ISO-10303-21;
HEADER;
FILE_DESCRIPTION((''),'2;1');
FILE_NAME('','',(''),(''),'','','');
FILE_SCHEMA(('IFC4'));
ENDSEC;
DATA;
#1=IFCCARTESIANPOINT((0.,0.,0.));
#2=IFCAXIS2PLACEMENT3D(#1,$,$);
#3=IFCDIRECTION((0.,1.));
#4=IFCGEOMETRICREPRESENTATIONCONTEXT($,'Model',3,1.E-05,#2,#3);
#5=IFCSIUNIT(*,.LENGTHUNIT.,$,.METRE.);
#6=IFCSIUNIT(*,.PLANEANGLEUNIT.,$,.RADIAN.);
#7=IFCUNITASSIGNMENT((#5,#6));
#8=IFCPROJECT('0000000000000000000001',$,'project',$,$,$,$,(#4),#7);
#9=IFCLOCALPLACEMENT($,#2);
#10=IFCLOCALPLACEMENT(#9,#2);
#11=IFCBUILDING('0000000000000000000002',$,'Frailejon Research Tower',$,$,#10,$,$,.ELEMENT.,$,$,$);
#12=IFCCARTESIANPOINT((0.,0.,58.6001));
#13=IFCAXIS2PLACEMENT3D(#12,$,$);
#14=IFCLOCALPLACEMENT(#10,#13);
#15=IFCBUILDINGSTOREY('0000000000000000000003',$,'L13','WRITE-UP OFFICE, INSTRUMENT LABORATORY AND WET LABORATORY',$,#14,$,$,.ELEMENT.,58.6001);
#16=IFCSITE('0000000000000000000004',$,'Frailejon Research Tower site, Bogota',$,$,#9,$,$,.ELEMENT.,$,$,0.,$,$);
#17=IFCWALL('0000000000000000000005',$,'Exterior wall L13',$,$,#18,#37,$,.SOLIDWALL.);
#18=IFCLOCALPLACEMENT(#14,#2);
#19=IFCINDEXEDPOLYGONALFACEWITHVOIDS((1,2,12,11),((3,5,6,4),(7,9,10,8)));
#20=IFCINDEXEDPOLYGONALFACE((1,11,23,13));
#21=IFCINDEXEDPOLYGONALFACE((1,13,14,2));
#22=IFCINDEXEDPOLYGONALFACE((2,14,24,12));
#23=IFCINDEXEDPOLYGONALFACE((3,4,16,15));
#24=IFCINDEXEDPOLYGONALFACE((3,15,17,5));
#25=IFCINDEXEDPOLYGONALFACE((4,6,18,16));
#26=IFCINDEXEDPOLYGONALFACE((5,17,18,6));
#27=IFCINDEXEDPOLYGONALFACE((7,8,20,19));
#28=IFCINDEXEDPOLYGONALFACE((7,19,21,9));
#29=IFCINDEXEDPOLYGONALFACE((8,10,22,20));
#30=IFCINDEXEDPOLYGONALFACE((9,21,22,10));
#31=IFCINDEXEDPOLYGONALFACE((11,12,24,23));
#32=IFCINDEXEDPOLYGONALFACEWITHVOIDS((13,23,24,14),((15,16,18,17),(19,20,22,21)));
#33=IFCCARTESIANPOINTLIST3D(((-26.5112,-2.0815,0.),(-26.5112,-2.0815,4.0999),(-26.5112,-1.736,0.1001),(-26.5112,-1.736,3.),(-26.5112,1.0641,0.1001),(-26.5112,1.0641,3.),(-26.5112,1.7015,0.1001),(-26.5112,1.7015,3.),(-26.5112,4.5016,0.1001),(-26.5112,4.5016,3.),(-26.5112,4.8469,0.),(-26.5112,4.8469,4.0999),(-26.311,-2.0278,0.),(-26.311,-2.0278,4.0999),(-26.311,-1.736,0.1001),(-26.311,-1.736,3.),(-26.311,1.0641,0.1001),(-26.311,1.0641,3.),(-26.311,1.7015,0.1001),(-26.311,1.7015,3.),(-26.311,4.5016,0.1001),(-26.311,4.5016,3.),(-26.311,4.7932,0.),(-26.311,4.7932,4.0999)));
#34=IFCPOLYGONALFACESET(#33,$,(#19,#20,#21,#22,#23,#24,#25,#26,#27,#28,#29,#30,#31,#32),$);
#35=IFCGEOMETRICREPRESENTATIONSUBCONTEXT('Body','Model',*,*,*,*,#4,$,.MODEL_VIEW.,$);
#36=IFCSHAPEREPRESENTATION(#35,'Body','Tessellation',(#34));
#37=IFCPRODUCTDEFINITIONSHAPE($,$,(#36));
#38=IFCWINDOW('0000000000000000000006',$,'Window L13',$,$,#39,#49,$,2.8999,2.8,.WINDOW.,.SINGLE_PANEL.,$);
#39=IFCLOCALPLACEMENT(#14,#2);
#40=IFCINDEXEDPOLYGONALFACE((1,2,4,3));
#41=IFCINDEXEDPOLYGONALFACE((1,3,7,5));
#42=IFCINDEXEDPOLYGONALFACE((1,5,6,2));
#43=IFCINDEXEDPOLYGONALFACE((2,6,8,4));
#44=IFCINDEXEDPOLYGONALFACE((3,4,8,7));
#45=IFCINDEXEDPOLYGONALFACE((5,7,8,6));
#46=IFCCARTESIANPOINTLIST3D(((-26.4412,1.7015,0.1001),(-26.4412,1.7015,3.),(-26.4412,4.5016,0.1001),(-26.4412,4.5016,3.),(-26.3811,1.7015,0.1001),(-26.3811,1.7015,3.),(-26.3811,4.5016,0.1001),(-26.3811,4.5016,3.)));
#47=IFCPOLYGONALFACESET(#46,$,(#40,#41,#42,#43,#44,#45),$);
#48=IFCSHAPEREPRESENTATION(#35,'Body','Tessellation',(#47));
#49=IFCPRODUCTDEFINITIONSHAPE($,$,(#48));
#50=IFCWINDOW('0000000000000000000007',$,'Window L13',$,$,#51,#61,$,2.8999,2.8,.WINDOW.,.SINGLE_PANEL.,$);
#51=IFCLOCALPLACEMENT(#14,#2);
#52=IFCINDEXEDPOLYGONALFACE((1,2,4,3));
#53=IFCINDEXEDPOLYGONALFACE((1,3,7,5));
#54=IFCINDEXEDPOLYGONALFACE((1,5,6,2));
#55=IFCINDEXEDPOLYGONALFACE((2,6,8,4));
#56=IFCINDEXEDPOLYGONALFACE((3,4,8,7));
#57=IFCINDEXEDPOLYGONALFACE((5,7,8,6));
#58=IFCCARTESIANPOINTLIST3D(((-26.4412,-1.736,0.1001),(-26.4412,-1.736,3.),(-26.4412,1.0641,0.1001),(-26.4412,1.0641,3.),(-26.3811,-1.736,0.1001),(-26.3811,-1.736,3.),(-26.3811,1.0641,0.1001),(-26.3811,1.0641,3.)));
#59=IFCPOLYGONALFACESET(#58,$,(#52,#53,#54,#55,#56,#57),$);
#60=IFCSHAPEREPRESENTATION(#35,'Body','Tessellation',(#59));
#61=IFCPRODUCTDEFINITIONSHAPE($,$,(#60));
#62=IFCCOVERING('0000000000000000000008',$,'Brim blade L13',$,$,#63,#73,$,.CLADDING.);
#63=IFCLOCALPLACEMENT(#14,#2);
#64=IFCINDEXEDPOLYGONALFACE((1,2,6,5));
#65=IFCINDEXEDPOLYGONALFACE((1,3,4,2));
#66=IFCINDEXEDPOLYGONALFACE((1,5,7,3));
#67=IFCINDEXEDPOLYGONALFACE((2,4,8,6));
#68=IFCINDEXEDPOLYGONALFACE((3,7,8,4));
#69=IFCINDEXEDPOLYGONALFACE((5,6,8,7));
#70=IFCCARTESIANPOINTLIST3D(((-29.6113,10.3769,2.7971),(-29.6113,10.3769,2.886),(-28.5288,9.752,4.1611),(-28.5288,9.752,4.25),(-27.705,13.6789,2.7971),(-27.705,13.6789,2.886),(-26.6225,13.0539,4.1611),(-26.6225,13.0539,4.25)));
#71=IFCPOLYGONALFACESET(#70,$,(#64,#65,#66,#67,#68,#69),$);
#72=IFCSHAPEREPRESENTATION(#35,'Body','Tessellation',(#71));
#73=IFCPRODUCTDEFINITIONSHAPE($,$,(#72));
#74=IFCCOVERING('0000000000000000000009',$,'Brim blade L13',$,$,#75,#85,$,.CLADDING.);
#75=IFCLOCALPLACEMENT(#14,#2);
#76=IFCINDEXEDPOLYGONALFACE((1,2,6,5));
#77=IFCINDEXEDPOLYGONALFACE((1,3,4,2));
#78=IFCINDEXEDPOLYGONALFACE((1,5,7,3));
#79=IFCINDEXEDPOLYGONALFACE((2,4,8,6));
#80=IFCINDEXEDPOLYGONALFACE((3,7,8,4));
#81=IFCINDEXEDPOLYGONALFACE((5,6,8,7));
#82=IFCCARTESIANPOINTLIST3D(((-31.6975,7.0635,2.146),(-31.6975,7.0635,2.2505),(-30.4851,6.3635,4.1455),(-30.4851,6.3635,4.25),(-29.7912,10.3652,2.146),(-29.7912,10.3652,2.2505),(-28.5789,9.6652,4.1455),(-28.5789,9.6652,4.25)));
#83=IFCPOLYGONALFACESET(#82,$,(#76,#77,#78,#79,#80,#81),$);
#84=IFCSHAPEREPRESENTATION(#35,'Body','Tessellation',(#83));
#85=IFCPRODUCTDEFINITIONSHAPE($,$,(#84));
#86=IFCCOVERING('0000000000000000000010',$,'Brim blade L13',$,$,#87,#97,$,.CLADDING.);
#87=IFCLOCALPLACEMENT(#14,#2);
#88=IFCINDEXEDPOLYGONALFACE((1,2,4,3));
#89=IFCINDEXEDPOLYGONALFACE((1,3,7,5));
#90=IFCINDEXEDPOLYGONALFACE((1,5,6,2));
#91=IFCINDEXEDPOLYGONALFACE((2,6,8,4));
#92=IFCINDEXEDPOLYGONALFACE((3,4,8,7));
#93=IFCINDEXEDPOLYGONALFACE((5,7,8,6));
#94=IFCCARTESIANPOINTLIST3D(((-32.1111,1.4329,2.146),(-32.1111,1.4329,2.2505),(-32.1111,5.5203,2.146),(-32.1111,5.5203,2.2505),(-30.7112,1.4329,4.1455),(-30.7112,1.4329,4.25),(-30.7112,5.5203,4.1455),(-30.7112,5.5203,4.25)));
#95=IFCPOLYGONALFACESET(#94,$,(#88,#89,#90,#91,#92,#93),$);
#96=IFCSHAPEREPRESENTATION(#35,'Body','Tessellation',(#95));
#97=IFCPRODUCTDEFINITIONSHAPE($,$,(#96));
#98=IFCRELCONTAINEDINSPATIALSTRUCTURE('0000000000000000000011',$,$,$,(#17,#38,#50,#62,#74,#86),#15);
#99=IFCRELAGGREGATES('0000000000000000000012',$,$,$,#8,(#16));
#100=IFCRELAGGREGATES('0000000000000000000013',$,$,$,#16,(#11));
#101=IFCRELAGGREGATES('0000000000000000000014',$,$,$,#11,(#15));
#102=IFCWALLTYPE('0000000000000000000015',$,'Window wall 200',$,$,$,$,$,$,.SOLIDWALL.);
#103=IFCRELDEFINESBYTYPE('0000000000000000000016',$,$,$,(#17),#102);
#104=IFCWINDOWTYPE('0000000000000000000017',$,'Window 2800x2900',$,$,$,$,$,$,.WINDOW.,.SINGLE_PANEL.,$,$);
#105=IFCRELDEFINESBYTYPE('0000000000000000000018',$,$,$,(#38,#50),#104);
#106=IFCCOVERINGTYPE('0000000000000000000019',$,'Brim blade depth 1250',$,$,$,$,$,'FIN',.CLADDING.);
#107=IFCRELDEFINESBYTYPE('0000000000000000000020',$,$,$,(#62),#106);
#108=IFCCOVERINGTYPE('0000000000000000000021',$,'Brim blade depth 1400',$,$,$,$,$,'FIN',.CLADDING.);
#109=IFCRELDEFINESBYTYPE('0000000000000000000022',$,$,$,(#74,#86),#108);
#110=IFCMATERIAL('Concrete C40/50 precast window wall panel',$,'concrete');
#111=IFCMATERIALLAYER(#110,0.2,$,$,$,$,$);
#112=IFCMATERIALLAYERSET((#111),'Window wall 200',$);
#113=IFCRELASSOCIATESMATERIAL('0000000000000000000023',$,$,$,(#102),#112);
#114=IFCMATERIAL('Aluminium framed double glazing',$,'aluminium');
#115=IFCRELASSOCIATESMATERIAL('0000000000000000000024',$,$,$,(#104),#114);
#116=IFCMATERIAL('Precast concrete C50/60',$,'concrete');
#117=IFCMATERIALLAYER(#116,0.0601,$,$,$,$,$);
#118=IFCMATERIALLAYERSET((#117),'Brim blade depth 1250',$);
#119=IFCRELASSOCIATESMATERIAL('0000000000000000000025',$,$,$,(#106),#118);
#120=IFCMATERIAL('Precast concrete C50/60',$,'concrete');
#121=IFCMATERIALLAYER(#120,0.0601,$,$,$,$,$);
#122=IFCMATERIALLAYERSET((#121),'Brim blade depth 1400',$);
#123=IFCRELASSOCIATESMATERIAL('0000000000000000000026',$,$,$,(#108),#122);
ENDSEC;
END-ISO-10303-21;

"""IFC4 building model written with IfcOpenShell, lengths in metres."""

from ifc_helpers import new_model, si_unit, direction, frame, frame_2d, origin, place, context, subcontext, project, spatial, polyline, rectangle, outline, extrude, material, layer, layer_set, type_object, element, fill, save


model = new_model("IFC4")

# Units and contexts
model_context = context("Model", 3, precision=1e-05, world=origin(), true_north=direction((0.0, 1.0)))
body_context = subcontext(model_context, "Body", "Model", "MODEL_VIEW")
ifc_project = project(units=[si_unit("LENGTHUNIT", "METRE"), si_unit("PLANEANGLEUNIT", "RADIAN")], contexts=[model_context])

# Site, building, storey
site_placement = place(None, origin())
site = spatial("IfcSite", under=ifc_project, at=site_placement, Name="Frailejon Research Tower site, Bogota", CompositionType="ELEMENT", RefElevation=0.0)
building_placement = place(site_placement, origin())
building = spatial("IfcBuilding", under=site, at=building_placement, Name="Frailejon Research Tower", CompositionType="ELEMENT")
storey_placement = place(building_placement, frame((0.0, 0.0, 58.6001)))
storey = spatial("IfcBuildingStorey", under=building, at=storey_placement, Name="L13", Description="WRITE-UP OFFICE, INSTRUMENT LABORATORY AND WET LABORATORY", CompositionType="ELEMENT", Elevation=58.6001)

# Wall, openings, windows
ifc_material_1 = material(Name="Concrete C40/50 precast window wall panel", Category="concrete")
ifc_layer_1 = layer(ifc_material_1, 0.2)
ifc_layer_set_1 = layer_set([ifc_layer_1], Name="Window wall 200")
wall_type_1 = type_object("IfcWallType", Name="Window wall 200", PredefinedType="SOLIDWALL", material=ifc_layer_set_1)
wall_1_placement = place(storey_placement, frame((-26.4111, 4.8201, 0.0), z_axis=(0.0, 0.0, 1.0), x_axis=(0.0, -1.0, 0.0)))
wall_1 = element("IfcWall", 1, at=wall_1_placement, inside=storey, type_object=wall_type_1, Name="Exterior wall L13", PredefinedType="SOLIDWALL", context=body_context, shape_type="SweptSolid", body=[
    extrude(outline(polyline([(-0.0269, -0.1001), (1.1279, -0.1001), (2.2827, -0.1001), (3.4375, -0.1001), (4.592, -0.1001), (5.7468, -0.1001), (6.9016, -0.1001), (6.8479, 0.1001), (5.7109, 0.1001), (4.5742, 0.1001), (3.4375, 0.1001), (2.3005, 0.1001), (1.1636, 0.1001), (0.0269, 0.1001), (-0.0269, -0.1001)])), origin(), (0.0, 0.0, 1.0), 4.0999),
])
opening_1_placement = place(wall_1_placement, frame((0.3186, 0.0, 0.1001)))
opening_1 = element("IfcOpeningElement", 2, at=opening_1_placement, cuts=wall_1, PredefinedType="OPENING", context=body_context, shape_type="SweptSolid", body=[
    extrude(rectangle(XDim=2.8, YDim=2.8999, at=frame_2d((1.3999, 1.45))), frame((0.0, 0.1099, 0.0), z_axis=(0.0, -1.0, 0.0), x_axis=(1.0, 0.0, 0.0)), (0.0, 0.0, 1.0), 0.22),
])
opening_2_placement = place(wall_1_placement, frame((3.7561, 0.0, 0.1001)))
opening_2 = element("IfcOpeningElement", 3, at=opening_2_placement, cuts=wall_1, PredefinedType="OPENING", context=body_context, shape_type="SweptSolid", body=[
    extrude(rectangle(XDim=2.8, YDim=2.8999, at=frame_2d((1.3999, 1.45))), frame((0.0, 0.1099, 0.0), z_axis=(0.0, -1.0, 0.0), x_axis=(1.0, 0.0, 0.0)), (0.0, 0.0, 1.0), 0.22),
])
ifc_material_2 = material(Name="Aluminium framed double glazing", Category="aluminium")
window_type = type_object("IfcWindowType", Name="Window 2800x2900", PartitioningType="SINGLE_PANEL", PredefinedType="WINDOW", material=ifc_material_2)
window_1_placement = place(opening_1_placement, origin())
window_1 = element("IfcWindow", 4, at=window_1_placement, inside=storey, type_object=window_type, Name="Window L13", OverallHeight=2.8999, OverallWidth=2.8, PartitioningType="SINGLE_PANEL", PredefinedType="WINDOW", context=body_context, shape_type="SweptSolid", body=[
    extrude(rectangle(XDim=2.8, YDim=2.8999, at=frame_2d((1.3999, 1.45))), frame((0.0, 0.03, 0.0), z_axis=(0.0, -1.0, 0.0), x_axis=(1.0, 0.0, 0.0)), (0.0, 0.0, 1.0), 0.0601),
])
fill(opening_1, window_1)
window_2_placement = place(opening_2_placement, origin())
window_2 = element("IfcWindow", 5, at=window_2_placement, inside=storey, type_object=window_type, Name="Window L13", OverallHeight=2.8999, OverallWidth=2.8, PartitioningType="SINGLE_PANEL", PredefinedType="WINDOW", context=body_context, shape_type="SweptSolid", body=[
    extrude(rectangle(XDim=2.8, YDim=2.8999, at=frame_2d((1.3999, 1.45))), frame((0.0, 0.03, 0.0), z_axis=(0.0, -1.0, 0.0), x_axis=(1.0, 0.0, 0.0)), (0.0, 0.0, 1.0), 0.0601),
])
fill(opening_2, window_2)

# Coverings
ifc_material_3 = material(Name="Precast concrete C50/60", Category="concrete")
ifc_layer_2 = layer(ifc_material_3, 0.0601)
ifc_layer_set_2 = layer_set([ifc_layer_2], Name="Brim blade depth 1250")
covering_type_1 = type_object("IfcCoveringType", Name="Brim blade depth 1250", ElementType="FIN", PredefinedType="CLADDING", material=ifc_layer_set_2)
covering_1_placement = place(storey_placement, frame((-28.5288, 9.752, 4.25), z_axis=(0.49999, 0.866031, 0.0), x_axis=(-0.866031, 0.49999, 0.0)))
element("IfcCovering", 6, at=covering_1_placement, inside=storey, type_object=covering_type_1, Name="Brim blade L13", PredefinedType="CLADDING", context=body_context, shape_type="SweptSolid", body=[
    extrude(outline(polyline([(0.0, -0.0889), (1.25, -1.4529), (1.25, -1.364), (0.0, 0.0), (0.0, -0.0889)])), origin(), (0.0, 0.0, 1.0), 3.8127),
])
ifc_material_4 = material(Name="Precast concrete C50/60", Category="concrete")
ifc_layer_3 = layer(ifc_material_4, 0.0601)
ifc_layer_set_3 = layer_set([ifc_layer_3], Name="Brim blade depth 1400")
covering_type_2 = type_object("IfcCoveringType", Name="Brim blade depth 1400", ElementType="FIN", PredefinedType="CLADDING", material=ifc_layer_set_3)
covering_2_placement = place(storey_placement, frame((-30.4851, 6.3635, 4.25), z_axis=(0.500001, 0.866025, 0.0), x_axis=(-0.866025, 0.500001, 0.0)))
element("IfcCovering", 7, at=covering_2_placement, inside=storey, type_object=covering_type_2, Name="Brim blade L13", PredefinedType="CLADDING", context=body_context, shape_type="SweptSolid", body=[
    extrude(outline(polyline([(0.0, -0.1045), (1.3999, -2.104), (1.3999, -1.9995), (0.0, 0.0), (0.0, -0.1045)])), origin(), (0.0, 0.0, 1.0), 3.8125),
])
covering_3_placement = place(storey_placement, frame((-30.7112, 1.4329, 4.25), z_axis=(0.0, 1.0, 0.0), x_axis=(-1.0, 0.0, 0.0)))
element("IfcCovering", 8, at=covering_3_placement, inside=storey, type_object=covering_type_2, Name="Brim blade L13", PredefinedType="CLADDING", context=body_context, shape_type="SweptSolid", body=[
    extrude(outline(polyline([(0.0, -0.1045), (1.3999, -2.104), (1.3999, -1.9995), (0.0, 0.0), (0.0, -0.1045)])), origin(), (0.0, 0.0, 1.0), 4.0874),
])

save(model, "model.ifc")
